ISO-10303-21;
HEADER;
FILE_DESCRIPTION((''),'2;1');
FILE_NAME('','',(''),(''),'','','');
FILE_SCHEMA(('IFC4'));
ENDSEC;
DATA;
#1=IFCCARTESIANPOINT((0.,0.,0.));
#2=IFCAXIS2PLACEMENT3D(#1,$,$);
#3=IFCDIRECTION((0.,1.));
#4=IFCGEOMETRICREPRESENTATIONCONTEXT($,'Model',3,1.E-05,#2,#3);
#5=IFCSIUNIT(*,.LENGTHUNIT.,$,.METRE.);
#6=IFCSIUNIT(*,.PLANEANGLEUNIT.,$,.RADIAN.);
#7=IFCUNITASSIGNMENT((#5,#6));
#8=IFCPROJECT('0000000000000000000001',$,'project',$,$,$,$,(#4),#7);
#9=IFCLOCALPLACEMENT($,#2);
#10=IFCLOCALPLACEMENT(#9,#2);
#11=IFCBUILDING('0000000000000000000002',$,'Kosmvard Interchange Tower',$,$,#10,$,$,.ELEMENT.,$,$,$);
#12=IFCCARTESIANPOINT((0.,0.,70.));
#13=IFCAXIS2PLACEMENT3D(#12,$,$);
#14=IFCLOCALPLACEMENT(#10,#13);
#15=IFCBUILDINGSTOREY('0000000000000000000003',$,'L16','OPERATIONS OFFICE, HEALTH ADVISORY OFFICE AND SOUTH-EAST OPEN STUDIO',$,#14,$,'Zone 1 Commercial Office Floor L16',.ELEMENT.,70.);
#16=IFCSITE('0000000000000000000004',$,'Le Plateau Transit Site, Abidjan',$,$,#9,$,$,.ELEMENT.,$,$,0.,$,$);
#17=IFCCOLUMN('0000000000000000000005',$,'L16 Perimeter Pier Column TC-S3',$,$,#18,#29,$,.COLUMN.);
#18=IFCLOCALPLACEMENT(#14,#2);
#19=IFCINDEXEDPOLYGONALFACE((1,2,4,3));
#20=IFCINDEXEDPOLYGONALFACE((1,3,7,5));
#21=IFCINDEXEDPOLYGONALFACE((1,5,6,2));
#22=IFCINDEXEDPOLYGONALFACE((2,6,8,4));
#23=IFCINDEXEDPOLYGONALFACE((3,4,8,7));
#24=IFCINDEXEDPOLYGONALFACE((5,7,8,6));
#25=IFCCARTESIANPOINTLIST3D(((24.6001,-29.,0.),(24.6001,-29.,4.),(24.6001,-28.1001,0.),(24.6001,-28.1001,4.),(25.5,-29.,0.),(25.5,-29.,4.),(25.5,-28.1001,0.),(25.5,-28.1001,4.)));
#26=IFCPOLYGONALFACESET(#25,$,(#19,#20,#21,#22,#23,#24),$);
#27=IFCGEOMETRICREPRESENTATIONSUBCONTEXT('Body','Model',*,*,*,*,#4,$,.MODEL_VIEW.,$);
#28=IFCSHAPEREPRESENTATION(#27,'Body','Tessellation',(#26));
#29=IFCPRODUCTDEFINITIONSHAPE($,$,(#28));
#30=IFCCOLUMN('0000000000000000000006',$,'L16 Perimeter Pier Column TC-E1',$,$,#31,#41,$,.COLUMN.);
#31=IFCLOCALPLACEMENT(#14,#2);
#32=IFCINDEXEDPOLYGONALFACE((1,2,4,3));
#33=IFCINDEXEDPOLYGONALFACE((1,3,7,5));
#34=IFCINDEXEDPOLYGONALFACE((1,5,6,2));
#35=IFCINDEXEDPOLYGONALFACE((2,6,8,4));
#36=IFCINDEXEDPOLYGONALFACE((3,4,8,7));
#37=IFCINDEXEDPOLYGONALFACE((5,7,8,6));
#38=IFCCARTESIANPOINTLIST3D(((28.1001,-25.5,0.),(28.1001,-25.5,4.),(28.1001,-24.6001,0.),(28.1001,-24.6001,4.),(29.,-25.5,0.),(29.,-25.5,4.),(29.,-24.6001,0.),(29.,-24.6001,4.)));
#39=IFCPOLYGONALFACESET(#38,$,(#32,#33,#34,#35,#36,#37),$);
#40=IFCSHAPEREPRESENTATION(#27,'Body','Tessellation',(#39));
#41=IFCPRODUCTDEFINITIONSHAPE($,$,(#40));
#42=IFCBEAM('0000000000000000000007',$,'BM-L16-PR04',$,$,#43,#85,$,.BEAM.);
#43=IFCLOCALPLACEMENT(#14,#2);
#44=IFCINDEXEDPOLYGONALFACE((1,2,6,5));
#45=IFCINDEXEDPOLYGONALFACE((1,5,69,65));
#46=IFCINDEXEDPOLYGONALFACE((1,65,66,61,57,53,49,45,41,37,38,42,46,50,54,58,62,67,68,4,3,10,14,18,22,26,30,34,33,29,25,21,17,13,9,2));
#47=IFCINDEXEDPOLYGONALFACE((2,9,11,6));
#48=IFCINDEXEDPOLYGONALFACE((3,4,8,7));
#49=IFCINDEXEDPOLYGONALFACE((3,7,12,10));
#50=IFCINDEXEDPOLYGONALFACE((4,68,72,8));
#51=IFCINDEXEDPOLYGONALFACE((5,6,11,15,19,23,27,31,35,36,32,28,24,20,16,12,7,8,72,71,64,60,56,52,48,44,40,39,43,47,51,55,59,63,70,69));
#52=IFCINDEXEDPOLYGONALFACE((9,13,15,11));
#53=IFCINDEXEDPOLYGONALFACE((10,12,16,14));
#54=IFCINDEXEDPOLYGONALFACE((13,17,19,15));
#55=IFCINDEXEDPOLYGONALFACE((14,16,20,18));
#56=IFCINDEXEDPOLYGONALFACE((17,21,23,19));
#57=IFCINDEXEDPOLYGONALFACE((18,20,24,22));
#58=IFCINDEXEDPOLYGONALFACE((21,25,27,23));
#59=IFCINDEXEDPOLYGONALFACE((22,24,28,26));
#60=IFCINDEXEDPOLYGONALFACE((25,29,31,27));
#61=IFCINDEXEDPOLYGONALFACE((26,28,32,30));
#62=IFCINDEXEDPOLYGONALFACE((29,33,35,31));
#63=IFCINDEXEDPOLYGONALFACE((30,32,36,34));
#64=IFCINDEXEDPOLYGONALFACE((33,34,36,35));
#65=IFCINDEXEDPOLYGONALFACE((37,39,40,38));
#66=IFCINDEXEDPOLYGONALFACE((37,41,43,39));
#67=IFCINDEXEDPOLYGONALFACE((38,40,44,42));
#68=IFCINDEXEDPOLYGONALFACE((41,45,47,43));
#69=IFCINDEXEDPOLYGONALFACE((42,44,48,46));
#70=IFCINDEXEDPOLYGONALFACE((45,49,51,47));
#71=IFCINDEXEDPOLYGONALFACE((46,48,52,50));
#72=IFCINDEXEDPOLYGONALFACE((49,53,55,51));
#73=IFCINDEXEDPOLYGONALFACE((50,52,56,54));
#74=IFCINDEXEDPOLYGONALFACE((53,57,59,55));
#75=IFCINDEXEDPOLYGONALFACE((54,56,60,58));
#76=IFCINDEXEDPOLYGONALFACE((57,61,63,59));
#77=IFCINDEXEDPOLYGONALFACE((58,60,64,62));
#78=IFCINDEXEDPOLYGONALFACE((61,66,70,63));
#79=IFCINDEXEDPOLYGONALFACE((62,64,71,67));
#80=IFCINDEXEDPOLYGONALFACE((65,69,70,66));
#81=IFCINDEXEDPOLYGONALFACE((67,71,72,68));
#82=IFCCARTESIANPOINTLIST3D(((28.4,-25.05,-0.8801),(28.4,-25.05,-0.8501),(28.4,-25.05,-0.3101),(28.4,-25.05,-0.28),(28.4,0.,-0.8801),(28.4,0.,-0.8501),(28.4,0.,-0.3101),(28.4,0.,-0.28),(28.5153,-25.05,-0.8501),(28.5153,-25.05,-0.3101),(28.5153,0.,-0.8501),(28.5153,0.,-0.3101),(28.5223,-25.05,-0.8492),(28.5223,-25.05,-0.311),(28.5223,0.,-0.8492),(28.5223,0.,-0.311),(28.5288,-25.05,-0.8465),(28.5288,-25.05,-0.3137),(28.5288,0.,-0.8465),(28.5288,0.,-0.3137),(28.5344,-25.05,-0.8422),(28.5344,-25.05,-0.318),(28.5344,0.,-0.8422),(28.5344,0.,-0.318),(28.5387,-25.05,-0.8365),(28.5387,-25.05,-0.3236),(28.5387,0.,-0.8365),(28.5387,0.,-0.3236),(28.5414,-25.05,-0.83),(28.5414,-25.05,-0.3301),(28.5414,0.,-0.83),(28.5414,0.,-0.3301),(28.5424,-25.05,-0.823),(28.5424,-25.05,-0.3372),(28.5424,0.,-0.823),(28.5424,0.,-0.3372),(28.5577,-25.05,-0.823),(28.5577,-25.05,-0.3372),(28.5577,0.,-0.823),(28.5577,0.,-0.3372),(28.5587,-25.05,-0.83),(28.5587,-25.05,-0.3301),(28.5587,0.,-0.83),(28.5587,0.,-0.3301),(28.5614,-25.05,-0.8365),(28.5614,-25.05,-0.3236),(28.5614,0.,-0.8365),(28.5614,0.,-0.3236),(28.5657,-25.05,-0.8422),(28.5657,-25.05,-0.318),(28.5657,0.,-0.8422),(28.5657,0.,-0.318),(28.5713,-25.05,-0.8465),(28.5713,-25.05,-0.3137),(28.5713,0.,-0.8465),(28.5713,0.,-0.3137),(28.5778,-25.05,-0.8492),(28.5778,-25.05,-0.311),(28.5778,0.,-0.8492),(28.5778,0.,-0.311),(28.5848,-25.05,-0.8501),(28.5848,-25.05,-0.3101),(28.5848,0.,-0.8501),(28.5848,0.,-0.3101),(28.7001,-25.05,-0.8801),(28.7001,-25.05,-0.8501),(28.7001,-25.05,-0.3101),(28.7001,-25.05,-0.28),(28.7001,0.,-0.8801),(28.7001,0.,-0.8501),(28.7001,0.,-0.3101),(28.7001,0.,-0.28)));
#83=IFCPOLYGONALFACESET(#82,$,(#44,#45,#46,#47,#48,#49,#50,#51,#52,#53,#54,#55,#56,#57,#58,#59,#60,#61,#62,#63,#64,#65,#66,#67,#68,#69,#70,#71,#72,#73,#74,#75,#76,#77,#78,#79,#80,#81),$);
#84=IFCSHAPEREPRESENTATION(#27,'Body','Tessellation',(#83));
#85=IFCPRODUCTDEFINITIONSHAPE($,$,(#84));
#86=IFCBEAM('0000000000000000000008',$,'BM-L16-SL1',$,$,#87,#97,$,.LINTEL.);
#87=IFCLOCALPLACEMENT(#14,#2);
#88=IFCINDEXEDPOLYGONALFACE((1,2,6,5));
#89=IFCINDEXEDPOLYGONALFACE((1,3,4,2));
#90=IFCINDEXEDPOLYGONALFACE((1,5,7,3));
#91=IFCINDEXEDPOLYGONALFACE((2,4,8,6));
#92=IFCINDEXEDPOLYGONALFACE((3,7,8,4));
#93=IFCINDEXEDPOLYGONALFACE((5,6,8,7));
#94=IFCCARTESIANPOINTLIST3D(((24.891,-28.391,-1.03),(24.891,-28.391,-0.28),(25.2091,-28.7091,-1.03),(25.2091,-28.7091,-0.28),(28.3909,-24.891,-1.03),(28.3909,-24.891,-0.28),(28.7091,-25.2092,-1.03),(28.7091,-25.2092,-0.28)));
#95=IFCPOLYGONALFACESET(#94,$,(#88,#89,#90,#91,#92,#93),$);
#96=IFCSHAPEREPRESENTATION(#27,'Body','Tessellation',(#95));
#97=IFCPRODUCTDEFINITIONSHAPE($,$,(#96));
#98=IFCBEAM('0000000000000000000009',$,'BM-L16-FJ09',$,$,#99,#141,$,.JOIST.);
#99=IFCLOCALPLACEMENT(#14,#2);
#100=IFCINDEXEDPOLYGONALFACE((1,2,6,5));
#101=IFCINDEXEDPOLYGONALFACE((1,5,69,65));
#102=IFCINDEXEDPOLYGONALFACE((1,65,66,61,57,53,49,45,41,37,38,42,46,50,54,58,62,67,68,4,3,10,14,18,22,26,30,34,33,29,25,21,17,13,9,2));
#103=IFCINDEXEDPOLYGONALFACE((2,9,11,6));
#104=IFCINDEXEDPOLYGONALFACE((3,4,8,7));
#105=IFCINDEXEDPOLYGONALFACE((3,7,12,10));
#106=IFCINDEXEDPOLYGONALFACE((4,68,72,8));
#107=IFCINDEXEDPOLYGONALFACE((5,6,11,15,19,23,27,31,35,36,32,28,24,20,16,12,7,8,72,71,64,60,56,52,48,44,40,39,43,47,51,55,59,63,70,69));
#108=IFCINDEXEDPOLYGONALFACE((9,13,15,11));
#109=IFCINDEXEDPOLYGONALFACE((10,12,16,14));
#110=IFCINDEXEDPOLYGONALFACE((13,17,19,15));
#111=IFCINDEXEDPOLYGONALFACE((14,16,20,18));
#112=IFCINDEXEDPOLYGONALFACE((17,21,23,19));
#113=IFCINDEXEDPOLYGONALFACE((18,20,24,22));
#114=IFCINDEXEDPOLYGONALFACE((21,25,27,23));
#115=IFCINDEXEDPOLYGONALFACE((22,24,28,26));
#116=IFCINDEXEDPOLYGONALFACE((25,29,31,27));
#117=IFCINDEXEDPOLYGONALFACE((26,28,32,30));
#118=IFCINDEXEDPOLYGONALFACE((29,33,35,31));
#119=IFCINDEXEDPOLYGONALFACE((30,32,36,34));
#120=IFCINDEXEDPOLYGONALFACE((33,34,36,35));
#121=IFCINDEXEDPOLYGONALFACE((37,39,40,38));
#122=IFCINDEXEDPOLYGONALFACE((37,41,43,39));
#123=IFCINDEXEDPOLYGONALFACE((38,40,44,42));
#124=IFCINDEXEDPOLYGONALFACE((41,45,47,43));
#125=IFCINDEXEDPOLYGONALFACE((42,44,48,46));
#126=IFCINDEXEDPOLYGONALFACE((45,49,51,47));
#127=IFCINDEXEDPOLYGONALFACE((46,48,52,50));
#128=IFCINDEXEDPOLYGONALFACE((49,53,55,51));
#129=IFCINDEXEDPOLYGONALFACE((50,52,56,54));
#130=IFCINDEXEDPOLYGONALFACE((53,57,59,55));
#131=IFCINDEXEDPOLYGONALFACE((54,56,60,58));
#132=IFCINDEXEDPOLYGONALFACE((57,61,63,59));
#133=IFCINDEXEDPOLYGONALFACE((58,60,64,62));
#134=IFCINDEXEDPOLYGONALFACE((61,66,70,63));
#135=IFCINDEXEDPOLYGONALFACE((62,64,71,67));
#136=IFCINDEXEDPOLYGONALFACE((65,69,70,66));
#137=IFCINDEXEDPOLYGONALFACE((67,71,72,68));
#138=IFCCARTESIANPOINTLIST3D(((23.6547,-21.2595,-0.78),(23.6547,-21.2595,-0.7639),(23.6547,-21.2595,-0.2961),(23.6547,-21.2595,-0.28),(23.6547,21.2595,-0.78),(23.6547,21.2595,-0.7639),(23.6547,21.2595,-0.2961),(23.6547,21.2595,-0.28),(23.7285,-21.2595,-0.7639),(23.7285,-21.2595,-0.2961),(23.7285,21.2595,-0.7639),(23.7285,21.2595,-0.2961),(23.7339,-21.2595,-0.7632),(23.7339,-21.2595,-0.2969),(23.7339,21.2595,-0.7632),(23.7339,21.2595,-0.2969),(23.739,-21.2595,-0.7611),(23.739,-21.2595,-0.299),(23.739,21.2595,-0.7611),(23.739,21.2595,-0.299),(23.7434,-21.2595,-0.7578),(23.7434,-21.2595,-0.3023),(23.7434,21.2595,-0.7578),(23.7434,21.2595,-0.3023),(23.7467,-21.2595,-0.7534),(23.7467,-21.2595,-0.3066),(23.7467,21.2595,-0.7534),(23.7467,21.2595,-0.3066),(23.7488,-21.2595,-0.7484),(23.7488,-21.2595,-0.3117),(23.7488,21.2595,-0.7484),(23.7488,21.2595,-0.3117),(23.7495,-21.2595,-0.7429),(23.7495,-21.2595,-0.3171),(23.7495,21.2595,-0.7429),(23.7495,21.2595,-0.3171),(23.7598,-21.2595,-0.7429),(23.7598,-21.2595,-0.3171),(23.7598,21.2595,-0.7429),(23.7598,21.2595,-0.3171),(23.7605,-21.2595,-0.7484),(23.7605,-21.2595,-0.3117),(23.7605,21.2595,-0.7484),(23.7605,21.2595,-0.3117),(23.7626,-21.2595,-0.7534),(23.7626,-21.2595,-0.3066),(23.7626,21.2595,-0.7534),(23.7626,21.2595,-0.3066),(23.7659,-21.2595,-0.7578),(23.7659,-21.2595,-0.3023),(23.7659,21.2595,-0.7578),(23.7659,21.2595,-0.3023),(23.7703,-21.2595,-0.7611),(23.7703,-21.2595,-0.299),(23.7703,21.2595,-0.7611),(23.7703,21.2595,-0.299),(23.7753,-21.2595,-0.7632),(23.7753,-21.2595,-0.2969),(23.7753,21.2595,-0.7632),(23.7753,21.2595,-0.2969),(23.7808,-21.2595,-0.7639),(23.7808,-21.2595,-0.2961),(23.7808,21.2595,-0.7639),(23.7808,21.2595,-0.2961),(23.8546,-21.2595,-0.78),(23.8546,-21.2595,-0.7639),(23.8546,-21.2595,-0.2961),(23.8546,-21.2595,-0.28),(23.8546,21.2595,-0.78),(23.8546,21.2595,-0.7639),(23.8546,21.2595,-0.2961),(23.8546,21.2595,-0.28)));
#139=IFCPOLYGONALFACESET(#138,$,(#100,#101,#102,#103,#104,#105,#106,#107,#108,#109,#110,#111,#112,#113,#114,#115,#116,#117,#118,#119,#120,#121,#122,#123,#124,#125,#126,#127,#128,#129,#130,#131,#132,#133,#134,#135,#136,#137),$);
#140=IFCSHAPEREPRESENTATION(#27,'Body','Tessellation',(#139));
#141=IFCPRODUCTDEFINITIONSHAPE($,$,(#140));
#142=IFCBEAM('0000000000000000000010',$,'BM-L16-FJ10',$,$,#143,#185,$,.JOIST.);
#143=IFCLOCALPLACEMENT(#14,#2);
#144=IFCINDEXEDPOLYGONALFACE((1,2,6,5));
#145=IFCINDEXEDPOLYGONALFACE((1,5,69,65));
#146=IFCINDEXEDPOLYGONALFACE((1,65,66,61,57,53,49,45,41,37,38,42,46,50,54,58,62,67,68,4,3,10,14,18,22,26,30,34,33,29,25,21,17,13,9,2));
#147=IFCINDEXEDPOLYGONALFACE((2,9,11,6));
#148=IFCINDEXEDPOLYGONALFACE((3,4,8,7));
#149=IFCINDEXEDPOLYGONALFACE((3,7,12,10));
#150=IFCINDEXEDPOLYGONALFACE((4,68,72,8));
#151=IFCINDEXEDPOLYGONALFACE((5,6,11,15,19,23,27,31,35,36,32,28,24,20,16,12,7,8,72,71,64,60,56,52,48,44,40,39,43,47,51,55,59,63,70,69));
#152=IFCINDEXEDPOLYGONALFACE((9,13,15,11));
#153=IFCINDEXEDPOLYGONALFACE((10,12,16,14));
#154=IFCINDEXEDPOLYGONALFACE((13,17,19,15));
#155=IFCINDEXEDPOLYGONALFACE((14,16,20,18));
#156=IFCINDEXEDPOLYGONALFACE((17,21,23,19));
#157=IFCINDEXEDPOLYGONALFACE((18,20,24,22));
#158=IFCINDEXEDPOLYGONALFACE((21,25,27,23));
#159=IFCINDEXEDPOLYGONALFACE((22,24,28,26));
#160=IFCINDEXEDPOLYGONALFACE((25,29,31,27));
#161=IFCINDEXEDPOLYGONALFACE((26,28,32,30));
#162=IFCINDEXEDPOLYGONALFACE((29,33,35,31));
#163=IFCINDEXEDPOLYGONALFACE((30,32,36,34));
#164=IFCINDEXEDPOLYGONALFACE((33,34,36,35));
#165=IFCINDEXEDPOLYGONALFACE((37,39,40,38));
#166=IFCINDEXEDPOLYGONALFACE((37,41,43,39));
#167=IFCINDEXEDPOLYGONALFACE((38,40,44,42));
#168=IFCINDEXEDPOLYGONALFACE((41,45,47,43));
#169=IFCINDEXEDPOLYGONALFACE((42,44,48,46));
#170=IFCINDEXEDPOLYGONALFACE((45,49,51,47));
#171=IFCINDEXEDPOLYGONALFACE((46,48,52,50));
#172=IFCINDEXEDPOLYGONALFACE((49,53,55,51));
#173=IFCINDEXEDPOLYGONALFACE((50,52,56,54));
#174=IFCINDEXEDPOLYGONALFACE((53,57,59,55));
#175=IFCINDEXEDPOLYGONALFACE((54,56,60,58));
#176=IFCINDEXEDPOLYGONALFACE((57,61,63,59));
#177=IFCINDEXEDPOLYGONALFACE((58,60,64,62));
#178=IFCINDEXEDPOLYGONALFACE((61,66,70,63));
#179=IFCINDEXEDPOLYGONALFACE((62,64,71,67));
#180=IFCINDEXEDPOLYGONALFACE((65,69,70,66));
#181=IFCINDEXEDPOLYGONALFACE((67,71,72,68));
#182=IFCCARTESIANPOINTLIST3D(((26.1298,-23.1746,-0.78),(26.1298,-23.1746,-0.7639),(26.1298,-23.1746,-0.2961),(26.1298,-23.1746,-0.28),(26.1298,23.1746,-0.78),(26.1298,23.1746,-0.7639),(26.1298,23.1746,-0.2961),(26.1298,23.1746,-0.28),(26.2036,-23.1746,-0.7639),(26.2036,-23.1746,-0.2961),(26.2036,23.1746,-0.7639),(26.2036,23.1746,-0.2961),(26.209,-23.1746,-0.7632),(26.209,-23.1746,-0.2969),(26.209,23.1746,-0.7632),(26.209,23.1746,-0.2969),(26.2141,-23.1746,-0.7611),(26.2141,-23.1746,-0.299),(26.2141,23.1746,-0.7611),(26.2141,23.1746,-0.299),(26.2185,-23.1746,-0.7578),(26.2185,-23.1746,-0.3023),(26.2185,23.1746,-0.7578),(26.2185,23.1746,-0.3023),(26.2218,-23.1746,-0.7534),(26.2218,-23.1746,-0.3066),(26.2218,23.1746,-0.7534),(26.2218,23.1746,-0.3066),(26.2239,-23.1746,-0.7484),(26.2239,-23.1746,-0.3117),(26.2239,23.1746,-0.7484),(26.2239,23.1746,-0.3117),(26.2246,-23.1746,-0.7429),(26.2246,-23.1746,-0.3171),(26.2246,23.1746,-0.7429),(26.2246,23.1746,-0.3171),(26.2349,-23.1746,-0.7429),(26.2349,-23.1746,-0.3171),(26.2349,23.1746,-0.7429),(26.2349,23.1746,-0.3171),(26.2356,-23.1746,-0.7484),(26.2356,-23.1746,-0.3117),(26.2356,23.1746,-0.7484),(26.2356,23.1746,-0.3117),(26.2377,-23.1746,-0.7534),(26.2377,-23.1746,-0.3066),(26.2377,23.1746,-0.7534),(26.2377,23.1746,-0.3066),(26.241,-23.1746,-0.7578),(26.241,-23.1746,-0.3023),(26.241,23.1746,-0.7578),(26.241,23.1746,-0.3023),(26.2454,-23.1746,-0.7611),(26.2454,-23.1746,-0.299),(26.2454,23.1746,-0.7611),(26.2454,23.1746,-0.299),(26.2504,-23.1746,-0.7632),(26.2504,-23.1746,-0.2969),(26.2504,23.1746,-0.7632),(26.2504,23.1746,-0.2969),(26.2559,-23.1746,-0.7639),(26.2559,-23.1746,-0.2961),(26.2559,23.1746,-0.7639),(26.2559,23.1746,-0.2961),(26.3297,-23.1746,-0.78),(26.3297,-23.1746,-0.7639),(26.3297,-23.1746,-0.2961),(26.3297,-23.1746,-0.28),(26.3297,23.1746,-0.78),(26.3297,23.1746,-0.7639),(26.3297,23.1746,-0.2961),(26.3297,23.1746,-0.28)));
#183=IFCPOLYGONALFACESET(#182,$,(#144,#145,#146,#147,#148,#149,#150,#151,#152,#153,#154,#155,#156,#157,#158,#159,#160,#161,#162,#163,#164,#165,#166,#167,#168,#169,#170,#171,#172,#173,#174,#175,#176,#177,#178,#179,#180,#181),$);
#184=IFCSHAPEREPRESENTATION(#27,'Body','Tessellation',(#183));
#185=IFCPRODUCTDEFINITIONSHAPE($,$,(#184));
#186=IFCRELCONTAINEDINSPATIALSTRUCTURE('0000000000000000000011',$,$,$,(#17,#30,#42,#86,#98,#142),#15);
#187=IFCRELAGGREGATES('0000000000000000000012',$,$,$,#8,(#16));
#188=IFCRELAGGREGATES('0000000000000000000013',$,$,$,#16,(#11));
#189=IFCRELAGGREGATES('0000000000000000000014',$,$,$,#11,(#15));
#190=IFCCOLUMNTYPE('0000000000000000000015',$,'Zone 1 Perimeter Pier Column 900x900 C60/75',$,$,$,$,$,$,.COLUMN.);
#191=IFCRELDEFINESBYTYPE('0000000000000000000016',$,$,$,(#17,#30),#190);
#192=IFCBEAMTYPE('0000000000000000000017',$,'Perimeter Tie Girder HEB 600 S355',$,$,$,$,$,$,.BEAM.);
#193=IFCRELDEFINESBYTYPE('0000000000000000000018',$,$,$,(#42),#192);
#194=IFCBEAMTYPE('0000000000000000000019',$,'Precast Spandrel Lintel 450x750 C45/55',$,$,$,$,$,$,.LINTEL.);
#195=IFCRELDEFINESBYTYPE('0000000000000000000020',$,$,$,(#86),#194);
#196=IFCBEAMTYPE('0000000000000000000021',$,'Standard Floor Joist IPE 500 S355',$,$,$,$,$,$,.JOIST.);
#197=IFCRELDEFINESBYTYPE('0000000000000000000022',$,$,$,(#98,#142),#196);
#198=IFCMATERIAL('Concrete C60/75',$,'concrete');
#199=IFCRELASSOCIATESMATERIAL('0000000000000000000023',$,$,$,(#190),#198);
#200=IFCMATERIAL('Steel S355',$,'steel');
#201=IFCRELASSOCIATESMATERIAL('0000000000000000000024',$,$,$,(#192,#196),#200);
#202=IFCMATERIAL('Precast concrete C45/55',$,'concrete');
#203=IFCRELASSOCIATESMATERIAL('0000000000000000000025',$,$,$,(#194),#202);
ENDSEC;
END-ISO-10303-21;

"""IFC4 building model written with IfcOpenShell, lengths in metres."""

from ifc_helpers import new_model, si_unit, direction, frame, origin, origin_2d, place, context, subcontext, project, spatial, rectangle, i_section, extrude, source, transform, mapped, material, material_profile, profile_set, type_object, element, save


model = new_model("IFC4")

# Units and contexts
model_context = context("Model", 3, precision=1e-05, world=origin(), true_north=direction((0.0, 1.0)))
body_context = subcontext(model_context, "Body", "Model", "MODEL_VIEW")
ifc_project = project(units=[si_unit("LENGTHUNIT", "METRE"), si_unit("PLANEANGLEUNIT", "RADIAN")], contexts=[model_context])

# Site, building, storey
site_placement = place(None, origin())
site = spatial("IfcSite", under=ifc_project, at=site_placement, Name="Le Plateau Transit Site, Abidjan", CompositionType="ELEMENT", RefElevation=0.0)
building_placement = place(site_placement, origin())
building = spatial("IfcBuilding", under=site, at=building_placement, Name="Kosmvard Interchange Tower", CompositionType="ELEMENT")
storey_placement = place(building_placement, frame((0.0, 0.0, 70.0)))
storey = spatial("IfcBuildingStorey", under=building, at=storey_placement, Name="L16", Description="OPERATIONS OFFICE, HEALTH ADVISORY OFFICE AND SOUTH-EAST OPEN STUDIO", LongName="Zone 1 Commercial Office Floor L16", CompositionType="ELEMENT", Elevation=70.0)

# Columns
ifc_material_1 = material(Name="Concrete C60/75", Category="concrete")
ifc_material_profile_1 = material_profile(ifc_material_1, rectangle(XDim=0.8999, YDim=0.8999, at=origin_2d()), Name="TC 900x900")
ifc_profile_set_1 = profile_set([ifc_material_profile_1], Name="Concrete C60/75")
column_type = type_object("IfcColumnType", Name="Zone 1 Perimeter Pier Column 900x900 C60/75", PredefinedType="COLUMN", material=ifc_profile_set_1)
shared_shape_1 = source(origin(), body_context, "Body", "SweptSolid", [
    extrude(rectangle(XDim=0.8999, YDim=0.8999, at=origin_2d()), origin(), (0.0, 0.0, 1.0), 4.0),
])
for number, where, z_axis, x_axis, name in (
    (1, (25.05, -28.55, 0.0), (0.0, 0.0, 1.0), (1.0, 0.0, 0.0), "L16 Perimeter Pier Column TC-S3"),
    (2, (28.55, -25.05, 0.0), (0.0, 0.0, 1.0), (1.0, 0.0, 0.0), "L16 Perimeter Pier Column TC-E1"),
):
    element("IfcColumn", number, at=place(storey_placement, frame(where, z_axis=z_axis, x_axis=x_axis)), inside=storey, type_object=column_type, Name=name, PredefinedType="COLUMN", context=body_context, shape_type="MappedRepresentation", body=[
        mapped(shared_shape_1, transform((0.0, 0.0, 0.0), scale=1.0)),
    ])

# Beams
ifc_material_2 = material(Name="Steel S355", Category="steel")
ifc_material_profile_2 = material_profile(ifc_material_2, i_section(OverallWidth=0.3, OverallDepth=0.6001, WebThickness=0.0154, FlangeThickness=0.03, FilletRadius=0.0271, at=origin_2d()), Name="HEB 600")
ifc_profile_set_2 = profile_set([ifc_material_profile_2], Name="Steel S355")
beam_type_1 = type_object("IfcBeamType", Name="Perimeter Tie Girder HEB 600 S355", PredefinedType="BEAM", material=ifc_profile_set_2)
shared_shape_2 = source(origin(), body_context, "Body", "SweptSolid", [
    extrude(i_section(OverallWidth=0.3, OverallDepth=0.6001, WebThickness=0.0154, FlangeThickness=0.03, FilletRadius=0.0271, at=origin_2d()), origin(), (0.0, 0.0, 1.0), 25.05),
])
beam_1_placement = place(storey_placement, frame((28.55, -25.05, -0.5801), z_axis=(0.0, 1.0, 0.0), x_axis=(-1.0, 0.0, 0.0)))
element("IfcBeam", 3, at=beam_1_placement, inside=storey, type_object=beam_type_1, Name="BM-L16-PR04", PredefinedType="BEAM", context=body_context, shape_type="MappedRepresentation", body=[
    mapped(shared_shape_2, transform((0.0, 0.0, 0.0), scale=1.0)),
])
ifc_material_3 = material(Name="Precast concrete C45/55", Category="concrete")
ifc_material_profile_3 = material_profile(ifc_material_3, rectangle(XDim=0.45, YDim=0.75, at=origin_2d()), Name="SL 450x750")
ifc_profile_set_3 = profile_set([ifc_material_profile_3], Name="Precast concrete C45/55")
beam_type_2 = type_object("IfcBeamType", Name="Precast Spandrel Lintel 450x750 C45/55", PredefinedType="LINTEL", material=ifc_profile_set_3)
shared_shape_3 = source(origin(), body_context, "Body", "SweptSolid", [
    extrude(rectangle(XDim=0.45, YDim=0.75, at=origin_2d()), origin(), (0.0, 0.0, 1.0), 4.9497),
])
beam_2_placement = place(storey_placement, frame((25.05, -28.55, -0.655), z_axis=(0.707107, 0.707107, 0.0), x_axis=(-0.707107, 0.707107, 0.0)))
element("IfcBeam", 4, at=beam_2_placement, inside=storey, type_object=beam_type_2, Name="BM-L16-SL1", PredefinedType="LINTEL", context=body_context, shape_type="MappedRepresentation", body=[
    mapped(shared_shape_3, transform((0.0, 0.0, 0.0), scale=1.0)),
])
ifc_material_profile_4 = material_profile(ifc_material_2, i_section(OverallWidth=0.2, OverallDepth=0.5, WebThickness=0.0103, FlangeThickness=0.0161, FilletRadius=0.021, at=origin_2d()), Name="IPE 500")
ifc_profile_set_4 = profile_set([ifc_material_profile_4], Name="Steel S355")
beam_type_3 = type_object("IfcBeamType", Name="Standard Floor Joist IPE 500 S355", PredefinedType="JOIST", material=ifc_profile_set_4)
shared_shape_4 = source(origin(), body_context, "Body", "SweptSolid", [
    extrude(i_section(OverallWidth=0.2, OverallDepth=0.5, WebThickness=0.0103, FlangeThickness=0.0161, FilletRadius=0.021, at=origin_2d()), origin(), (0.0, 0.0, 1.0), 42.519),
])
beam_3_placement = place(storey_placement, frame((23.7546, -21.2595, -0.53), z_axis=(0.0, 1.0, 0.0), x_axis=(-1.0, 0.0, 0.0)))
element("IfcBeam", 5, at=beam_3_placement, inside=storey, type_object=beam_type_3, Name="BM-L16-FJ09", PredefinedType="JOIST", context=body_context, shape_type="MappedRepresentation", body=[
    mapped(shared_shape_4, transform((0.0, 0.0, 0.0), scale=1.0)),
])
shared_shape_5 = source(origin(), body_context, "Body", "SweptSolid", [
    extrude(i_section(OverallWidth=0.2, OverallDepth=0.5, WebThickness=0.0103, FlangeThickness=0.0161, FilletRadius=0.021, at=origin_2d()), origin(), (0.0, 0.0, 1.0), 46.3491),
])
beam_4_placement = place(storey_placement, frame((26.2297, -23.1746, -0.53), z_axis=(0.0, 1.0, 0.0), x_axis=(-1.0, 0.0, 0.0)))
element("IfcBeam", 6, at=beam_4_placement, inside=storey, type_object=beam_type_3, Name="BM-L16-FJ10", PredefinedType="JOIST", context=body_context, shape_type="MappedRepresentation", body=[
    mapped(shared_shape_5, transform((0.0, 0.0, 0.0), scale=1.0)),
])

save(model, "model.ifc")
